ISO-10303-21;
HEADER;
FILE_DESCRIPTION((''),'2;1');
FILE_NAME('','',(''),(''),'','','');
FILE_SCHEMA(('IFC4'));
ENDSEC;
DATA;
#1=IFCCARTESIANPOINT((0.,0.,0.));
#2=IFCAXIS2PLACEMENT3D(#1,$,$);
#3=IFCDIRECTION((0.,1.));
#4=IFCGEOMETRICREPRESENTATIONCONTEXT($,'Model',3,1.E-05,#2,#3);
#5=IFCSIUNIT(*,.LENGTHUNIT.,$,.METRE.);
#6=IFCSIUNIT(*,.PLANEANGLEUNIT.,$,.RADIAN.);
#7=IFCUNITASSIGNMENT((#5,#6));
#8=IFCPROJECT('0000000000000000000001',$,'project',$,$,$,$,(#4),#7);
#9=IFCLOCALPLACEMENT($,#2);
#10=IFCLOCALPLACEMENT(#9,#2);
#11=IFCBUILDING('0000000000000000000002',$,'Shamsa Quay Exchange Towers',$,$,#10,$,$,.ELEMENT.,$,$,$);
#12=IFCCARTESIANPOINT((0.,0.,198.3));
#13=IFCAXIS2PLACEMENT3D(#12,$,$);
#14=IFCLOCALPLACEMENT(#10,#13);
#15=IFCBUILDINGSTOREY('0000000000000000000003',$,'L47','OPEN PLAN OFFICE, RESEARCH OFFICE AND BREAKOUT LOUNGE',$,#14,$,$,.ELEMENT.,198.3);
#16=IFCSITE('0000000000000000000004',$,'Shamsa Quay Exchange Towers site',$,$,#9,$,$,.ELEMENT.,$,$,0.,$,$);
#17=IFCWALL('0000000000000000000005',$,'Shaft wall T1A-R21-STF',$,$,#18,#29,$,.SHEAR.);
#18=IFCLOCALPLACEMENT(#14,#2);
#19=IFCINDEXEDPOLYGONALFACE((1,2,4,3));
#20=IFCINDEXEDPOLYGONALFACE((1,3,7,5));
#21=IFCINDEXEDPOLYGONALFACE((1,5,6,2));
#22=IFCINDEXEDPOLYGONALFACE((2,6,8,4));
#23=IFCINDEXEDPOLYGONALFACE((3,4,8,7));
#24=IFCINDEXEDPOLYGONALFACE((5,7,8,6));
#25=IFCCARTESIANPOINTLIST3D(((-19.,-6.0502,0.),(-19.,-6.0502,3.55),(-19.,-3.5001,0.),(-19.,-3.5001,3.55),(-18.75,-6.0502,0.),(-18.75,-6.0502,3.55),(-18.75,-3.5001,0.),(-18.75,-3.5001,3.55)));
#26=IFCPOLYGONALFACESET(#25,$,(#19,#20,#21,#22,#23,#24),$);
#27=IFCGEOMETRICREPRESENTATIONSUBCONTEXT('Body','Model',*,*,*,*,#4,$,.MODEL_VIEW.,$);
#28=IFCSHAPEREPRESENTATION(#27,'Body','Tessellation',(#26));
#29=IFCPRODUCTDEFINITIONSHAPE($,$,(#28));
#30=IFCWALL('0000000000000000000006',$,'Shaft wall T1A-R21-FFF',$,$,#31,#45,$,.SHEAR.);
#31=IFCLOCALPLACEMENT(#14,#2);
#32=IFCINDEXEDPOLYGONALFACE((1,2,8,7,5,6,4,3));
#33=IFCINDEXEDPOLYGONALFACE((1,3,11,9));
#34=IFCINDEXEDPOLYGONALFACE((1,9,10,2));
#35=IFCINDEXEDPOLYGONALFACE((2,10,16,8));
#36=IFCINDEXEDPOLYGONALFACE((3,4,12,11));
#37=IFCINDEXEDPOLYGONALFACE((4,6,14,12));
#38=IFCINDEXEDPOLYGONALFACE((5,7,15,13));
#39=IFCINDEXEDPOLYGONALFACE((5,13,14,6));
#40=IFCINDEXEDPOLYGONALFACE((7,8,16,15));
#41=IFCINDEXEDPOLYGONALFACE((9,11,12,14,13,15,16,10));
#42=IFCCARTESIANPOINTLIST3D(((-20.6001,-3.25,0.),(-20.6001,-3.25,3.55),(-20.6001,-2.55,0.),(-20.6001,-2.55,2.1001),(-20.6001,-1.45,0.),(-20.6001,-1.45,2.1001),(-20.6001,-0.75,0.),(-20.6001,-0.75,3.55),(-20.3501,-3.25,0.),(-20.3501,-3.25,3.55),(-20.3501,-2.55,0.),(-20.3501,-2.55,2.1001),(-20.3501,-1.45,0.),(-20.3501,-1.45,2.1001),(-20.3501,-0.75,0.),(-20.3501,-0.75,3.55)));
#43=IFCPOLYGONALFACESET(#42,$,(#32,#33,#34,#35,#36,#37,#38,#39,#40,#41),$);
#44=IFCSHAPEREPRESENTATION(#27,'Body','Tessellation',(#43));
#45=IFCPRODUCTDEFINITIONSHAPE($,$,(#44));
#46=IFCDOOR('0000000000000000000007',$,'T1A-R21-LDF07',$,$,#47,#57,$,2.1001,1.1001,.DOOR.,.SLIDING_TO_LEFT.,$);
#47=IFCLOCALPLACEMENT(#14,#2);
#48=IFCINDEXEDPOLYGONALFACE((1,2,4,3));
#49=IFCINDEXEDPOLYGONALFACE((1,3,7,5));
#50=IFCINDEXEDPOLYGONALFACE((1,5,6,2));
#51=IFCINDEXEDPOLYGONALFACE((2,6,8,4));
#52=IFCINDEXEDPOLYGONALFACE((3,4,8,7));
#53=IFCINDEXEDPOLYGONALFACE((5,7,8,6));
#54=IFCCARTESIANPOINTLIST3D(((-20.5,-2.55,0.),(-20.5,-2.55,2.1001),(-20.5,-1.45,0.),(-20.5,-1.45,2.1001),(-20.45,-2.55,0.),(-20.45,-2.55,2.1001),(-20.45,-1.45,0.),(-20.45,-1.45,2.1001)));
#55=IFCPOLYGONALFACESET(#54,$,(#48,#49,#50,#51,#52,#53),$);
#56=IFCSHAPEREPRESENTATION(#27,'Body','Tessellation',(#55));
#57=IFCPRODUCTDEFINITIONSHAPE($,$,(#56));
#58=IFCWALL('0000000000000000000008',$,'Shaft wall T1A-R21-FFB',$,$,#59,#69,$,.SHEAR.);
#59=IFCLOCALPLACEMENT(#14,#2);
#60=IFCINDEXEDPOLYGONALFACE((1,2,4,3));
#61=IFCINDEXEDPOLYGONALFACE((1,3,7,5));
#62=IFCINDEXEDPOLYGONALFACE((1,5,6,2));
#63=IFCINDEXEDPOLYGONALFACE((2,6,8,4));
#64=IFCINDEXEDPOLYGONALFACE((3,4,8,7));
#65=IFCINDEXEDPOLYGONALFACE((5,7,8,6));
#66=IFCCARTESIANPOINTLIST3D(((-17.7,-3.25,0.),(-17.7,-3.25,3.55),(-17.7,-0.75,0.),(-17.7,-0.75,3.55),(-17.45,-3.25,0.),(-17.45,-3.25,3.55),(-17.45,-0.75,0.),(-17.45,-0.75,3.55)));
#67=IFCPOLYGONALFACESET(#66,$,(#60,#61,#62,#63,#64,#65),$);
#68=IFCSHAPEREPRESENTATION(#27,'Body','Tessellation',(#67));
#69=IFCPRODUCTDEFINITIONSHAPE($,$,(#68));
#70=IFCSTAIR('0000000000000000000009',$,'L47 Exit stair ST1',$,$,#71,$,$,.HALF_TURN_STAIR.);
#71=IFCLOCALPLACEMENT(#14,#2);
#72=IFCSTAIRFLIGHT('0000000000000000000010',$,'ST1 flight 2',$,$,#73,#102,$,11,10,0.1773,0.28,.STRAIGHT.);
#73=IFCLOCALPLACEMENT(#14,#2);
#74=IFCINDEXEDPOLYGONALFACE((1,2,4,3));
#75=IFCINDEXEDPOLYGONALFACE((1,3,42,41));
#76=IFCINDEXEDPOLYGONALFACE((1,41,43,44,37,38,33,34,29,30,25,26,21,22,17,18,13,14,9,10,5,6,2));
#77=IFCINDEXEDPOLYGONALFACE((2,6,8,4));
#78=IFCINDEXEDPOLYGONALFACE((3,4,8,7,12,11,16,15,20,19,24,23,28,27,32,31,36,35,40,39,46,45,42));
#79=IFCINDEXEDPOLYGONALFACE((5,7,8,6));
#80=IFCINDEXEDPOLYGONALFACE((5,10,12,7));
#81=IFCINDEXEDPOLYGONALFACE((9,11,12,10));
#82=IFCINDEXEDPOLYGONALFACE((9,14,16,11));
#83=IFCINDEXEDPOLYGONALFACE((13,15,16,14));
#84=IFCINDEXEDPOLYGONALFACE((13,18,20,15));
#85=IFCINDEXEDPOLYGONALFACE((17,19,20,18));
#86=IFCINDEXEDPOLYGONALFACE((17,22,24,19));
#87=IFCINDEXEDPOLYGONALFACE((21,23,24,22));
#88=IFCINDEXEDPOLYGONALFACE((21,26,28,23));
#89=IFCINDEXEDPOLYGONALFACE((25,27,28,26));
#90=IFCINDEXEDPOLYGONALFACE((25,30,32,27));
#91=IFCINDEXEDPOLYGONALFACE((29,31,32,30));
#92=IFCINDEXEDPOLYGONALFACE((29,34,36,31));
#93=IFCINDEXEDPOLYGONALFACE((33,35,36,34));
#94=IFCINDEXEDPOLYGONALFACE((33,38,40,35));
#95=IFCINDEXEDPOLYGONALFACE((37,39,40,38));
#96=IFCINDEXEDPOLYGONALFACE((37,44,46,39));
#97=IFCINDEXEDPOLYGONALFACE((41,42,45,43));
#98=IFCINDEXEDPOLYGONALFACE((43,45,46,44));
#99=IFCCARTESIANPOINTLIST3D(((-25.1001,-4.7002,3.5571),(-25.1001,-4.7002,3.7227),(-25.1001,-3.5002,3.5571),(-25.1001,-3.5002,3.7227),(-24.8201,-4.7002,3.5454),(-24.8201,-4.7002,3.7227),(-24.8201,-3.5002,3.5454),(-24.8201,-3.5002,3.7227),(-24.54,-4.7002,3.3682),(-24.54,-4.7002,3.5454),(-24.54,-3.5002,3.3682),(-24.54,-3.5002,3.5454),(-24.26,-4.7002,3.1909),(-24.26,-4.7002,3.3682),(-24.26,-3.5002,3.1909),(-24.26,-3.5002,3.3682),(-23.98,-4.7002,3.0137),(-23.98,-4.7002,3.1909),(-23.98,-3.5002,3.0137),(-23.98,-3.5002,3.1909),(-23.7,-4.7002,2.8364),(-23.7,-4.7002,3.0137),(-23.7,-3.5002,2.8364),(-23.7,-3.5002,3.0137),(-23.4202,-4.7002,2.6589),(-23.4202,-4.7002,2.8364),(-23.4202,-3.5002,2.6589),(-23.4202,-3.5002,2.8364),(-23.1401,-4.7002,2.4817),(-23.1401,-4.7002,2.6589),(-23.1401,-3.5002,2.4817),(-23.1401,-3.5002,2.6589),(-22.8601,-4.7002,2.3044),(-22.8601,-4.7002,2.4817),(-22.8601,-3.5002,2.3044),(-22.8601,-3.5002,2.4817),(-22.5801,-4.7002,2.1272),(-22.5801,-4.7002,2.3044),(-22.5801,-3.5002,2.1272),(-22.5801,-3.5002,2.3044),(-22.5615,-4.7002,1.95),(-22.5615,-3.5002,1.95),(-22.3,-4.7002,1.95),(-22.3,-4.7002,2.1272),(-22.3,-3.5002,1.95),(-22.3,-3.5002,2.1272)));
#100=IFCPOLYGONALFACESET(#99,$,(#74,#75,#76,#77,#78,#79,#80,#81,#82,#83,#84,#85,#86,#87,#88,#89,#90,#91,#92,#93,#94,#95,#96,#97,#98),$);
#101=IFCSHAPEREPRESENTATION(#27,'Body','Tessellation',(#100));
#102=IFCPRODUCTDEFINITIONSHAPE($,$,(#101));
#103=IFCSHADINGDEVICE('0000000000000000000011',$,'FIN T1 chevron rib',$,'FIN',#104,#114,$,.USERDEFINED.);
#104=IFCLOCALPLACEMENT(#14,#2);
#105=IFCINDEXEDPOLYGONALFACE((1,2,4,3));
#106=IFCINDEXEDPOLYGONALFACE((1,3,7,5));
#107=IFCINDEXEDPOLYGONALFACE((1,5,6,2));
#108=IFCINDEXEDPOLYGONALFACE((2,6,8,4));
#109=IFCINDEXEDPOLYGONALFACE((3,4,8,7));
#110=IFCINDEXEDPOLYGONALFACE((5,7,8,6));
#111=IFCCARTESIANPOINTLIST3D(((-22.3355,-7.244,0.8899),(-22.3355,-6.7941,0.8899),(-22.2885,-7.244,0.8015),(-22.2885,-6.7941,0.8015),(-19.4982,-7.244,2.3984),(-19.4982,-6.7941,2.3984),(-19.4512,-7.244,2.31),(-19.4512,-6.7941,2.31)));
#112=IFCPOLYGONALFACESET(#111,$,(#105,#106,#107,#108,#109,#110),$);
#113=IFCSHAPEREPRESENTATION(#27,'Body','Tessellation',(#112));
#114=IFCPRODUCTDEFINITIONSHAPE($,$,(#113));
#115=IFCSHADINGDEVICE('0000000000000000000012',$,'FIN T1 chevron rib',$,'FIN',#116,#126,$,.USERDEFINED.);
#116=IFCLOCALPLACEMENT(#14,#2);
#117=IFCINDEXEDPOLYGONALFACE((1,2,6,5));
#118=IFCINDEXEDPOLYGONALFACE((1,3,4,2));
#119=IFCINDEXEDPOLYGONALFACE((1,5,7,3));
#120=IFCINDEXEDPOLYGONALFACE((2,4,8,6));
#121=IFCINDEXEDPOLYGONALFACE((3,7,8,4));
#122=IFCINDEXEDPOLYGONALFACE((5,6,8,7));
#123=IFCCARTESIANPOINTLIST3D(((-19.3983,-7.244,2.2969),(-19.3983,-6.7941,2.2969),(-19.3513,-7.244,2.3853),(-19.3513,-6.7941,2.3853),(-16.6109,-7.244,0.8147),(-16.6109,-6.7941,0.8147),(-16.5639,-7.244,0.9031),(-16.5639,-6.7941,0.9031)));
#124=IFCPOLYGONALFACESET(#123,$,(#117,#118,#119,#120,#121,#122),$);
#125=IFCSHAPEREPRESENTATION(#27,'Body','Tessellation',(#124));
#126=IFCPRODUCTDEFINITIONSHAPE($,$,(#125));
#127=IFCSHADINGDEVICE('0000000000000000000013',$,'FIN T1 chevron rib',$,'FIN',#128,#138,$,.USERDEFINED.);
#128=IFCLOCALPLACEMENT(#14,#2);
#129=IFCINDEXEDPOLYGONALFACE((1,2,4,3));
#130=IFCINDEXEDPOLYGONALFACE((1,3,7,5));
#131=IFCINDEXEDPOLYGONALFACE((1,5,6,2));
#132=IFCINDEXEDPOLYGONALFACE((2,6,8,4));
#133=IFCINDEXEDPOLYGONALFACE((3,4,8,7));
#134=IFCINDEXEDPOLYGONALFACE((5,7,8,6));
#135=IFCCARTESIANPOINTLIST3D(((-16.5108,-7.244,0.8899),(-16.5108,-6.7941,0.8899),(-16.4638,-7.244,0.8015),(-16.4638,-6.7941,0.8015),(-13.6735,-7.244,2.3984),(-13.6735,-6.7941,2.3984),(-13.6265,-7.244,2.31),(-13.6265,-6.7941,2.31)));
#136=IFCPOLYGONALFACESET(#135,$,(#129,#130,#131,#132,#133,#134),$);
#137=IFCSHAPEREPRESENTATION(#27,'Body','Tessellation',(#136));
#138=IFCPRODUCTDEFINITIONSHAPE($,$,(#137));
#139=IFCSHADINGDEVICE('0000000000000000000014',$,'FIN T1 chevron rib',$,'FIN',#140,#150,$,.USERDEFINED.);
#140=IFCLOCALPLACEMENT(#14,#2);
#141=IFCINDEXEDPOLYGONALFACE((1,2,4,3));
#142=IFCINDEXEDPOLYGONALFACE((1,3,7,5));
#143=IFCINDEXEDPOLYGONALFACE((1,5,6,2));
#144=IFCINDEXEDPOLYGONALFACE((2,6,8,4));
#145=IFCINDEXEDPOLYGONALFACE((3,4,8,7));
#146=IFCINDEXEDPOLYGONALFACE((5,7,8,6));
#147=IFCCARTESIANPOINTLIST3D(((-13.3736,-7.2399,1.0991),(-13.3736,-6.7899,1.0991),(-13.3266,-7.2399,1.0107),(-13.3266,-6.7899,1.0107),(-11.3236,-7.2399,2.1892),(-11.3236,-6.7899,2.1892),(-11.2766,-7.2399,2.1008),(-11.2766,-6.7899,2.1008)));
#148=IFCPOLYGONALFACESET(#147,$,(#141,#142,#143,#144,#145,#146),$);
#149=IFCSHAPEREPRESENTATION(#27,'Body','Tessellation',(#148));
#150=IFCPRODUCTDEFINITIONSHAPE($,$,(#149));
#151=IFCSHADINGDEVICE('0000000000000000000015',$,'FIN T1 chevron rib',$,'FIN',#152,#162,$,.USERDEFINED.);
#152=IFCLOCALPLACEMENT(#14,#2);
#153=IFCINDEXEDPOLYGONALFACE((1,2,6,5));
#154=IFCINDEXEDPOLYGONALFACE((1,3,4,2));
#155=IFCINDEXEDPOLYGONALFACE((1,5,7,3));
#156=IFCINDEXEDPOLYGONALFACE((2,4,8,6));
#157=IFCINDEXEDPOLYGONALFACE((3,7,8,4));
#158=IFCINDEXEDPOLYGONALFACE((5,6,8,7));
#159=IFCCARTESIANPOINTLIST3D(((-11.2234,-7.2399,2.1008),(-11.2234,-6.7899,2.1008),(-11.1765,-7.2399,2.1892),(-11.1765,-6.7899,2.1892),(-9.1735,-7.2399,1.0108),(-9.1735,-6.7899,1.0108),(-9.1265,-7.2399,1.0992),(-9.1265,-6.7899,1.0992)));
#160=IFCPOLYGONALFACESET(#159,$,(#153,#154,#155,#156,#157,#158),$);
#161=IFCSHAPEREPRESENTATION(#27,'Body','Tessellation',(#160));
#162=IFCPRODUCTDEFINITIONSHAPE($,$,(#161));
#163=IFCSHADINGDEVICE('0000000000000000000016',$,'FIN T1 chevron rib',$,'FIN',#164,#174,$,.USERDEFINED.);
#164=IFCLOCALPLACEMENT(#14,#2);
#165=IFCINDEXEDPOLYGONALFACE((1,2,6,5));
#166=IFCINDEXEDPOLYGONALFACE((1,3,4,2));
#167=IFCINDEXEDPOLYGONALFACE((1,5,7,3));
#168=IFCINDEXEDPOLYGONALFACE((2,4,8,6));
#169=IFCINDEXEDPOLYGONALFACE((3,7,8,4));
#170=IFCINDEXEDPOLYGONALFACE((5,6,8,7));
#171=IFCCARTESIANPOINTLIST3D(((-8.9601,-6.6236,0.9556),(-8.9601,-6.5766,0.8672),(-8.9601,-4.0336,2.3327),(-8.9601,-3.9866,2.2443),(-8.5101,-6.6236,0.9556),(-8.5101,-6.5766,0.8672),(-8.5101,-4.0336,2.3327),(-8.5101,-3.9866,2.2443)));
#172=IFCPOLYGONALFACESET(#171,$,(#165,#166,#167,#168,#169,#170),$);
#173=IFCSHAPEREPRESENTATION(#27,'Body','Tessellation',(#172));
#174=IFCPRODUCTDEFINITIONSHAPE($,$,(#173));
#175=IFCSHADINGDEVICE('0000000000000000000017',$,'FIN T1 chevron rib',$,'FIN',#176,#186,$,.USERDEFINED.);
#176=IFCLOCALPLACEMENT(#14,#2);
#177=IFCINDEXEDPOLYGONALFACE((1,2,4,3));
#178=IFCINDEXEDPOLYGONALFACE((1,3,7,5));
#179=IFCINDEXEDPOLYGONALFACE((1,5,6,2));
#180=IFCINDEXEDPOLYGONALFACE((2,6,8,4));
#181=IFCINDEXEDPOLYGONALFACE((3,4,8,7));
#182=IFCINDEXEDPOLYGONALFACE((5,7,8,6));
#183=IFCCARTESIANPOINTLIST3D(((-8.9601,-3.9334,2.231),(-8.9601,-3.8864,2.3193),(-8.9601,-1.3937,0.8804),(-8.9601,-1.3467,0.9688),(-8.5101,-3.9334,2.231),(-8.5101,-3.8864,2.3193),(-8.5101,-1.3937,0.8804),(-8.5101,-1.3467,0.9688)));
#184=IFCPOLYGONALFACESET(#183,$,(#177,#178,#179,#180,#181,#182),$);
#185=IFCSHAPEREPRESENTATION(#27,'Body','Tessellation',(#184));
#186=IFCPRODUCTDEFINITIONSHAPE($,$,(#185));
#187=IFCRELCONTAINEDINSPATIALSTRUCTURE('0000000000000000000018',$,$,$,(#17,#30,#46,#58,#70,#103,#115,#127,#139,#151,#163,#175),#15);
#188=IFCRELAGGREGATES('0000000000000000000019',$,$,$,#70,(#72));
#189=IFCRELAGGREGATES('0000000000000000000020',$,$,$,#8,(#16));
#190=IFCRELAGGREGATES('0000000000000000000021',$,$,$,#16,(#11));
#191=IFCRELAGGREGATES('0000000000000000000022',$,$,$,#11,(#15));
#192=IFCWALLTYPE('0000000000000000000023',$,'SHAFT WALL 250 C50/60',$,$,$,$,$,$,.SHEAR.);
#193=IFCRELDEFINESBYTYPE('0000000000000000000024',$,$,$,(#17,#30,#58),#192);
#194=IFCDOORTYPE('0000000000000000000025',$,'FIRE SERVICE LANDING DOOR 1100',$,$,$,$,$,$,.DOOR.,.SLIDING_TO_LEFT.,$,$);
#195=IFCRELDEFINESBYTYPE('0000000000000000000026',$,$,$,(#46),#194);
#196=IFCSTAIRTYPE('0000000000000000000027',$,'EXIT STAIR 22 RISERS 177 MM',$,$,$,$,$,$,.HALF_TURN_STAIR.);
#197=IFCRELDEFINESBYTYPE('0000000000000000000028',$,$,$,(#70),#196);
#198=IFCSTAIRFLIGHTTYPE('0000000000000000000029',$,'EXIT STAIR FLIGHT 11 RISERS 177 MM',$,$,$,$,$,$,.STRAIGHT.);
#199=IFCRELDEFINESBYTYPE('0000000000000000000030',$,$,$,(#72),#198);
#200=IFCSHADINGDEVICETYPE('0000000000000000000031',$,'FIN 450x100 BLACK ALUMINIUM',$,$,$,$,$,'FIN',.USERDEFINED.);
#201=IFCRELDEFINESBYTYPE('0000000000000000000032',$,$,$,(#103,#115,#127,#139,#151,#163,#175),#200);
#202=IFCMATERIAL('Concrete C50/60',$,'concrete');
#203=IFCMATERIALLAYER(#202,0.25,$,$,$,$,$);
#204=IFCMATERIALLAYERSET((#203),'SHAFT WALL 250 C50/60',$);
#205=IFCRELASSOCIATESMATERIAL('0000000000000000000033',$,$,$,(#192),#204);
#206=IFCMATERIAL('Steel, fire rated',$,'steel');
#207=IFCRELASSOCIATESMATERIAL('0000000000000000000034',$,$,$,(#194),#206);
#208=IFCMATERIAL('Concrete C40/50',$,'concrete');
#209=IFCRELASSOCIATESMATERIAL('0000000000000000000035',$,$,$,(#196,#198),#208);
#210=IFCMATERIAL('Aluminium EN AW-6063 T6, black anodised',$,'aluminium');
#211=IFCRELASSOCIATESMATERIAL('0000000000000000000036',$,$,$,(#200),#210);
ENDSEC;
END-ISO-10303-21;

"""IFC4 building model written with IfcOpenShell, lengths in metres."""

from ifc_helpers import new_model, si_unit, direction, frame, frame_2d, origin, origin_2d, place, context, subcontext, project, spatial, polyline, rectangle, outline, extrude, material, layer, layer_set, material_profile, profile_set, type_object, element, fill, aggregate, save


model = new_model("IFC4")

# Units and contexts
model_context = context("Model", 3, precision=1e-05, world=origin(), true_north=direction((0.0, 1.0)))
body_context = subcontext(model_context, "Body", "Model", "MODEL_VIEW")
ifc_project = project(units=[si_unit("LENGTHUNIT", "METRE"), si_unit("PLANEANGLEUNIT", "RADIAN")], contexts=[model_context])

# Site, building, storey
site_placement = place(None, origin())
site = spatial("IfcSite", under=ifc_project, at=site_placement, Name="Shamsa Quay Exchange Towers site", CompositionType="ELEMENT", RefElevation=0.0)
building_placement = place(site_placement, origin())
building = spatial("IfcBuilding", under=site, at=building_placement, Name="Shamsa Quay Exchange Towers", CompositionType="ELEMENT")
storey_placement = place(building_placement, frame((0.0, 0.0, 198.3)))
storey = spatial("IfcBuildingStorey", under=building, at=storey_placement, Name="L47", Description="OPEN PLAN OFFICE, RESEARCH OFFICE AND BREAKOUT LOUNGE", CompositionType="ELEMENT", Elevation=198.3)

# Shared definitions
ifc_material_1 = material(Name="Aluminium EN AW-6063 T6, black anodised", Category="aluminium")

# Shared definitions
ifc_material_2 = material(Name="Concrete C50/60", Category="concrete")
ifc_layer_1 = layer(ifc_material_2, 0.25)
ifc_layer_set_1 = layer_set([ifc_layer_1], Name="SHAFT WALL 250 C50/60")
wall_type = type_object("IfcWallType", Name="SHAFT WALL 250 C50/60", PredefinedType="SHEAR", material=ifc_layer_set_1)
ifc_material_3 = material(Name="Steel, fire rated", Category="steel")

# Wall
wall_1_placement = place(storey_placement, frame((-18.875, -6.05, 0.0), z_axis=(0.0, 0.0, 1.0), x_axis=(0.0, 1.0, 0.0)))
element("IfcWall", 1, at=wall_1_placement, inside=storey, type_object=wall_type, Name="Shaft wall T1A-R21-STF", PredefinedType="SHEAR", context=body_context, shape_type="SweptSolid", body=[
    extrude(rectangle(XDim=2.55, YDim=0.25, at=frame_2d((1.2749, 0.0))), origin(), (0.0, 0.0, 1.0), 3.55),
])

# Wall, opening, door
wall_2_placement = place(storey_placement, frame((-20.4751, -3.25, 0.0), z_axis=(0.0, 0.0, 1.0), x_axis=(0.0, 1.0, 0.0)))
wall_2 = element("IfcWall", 2, at=wall_2_placement, inside=storey, type_object=wall_type, Name="Shaft wall T1A-R21-FFF", PredefinedType="SHEAR", context=body_context, shape_type="SweptSolid", body=[
    extrude(rectangle(XDim=2.5, YDim=0.25, at=frame_2d((1.25, 0.0))), origin(), (0.0, 0.0, 1.0), 3.55),
])
opening_1_placement = place(wall_2_placement, frame((0.7, 0.0, 0.0)))
opening_1 = element("IfcOpeningElement", 3, at=opening_1_placement, cuts=wall_2, PredefinedType="OPENING", context=body_context, shape_type="SweptSolid", body=[
    extrude(rectangle(XDim=1.1001, YDim=2.1001, at=frame_2d((0.55, 1.05))), frame((0.0, 0.135, 0.0), z_axis=(0.0, -1.0, 0.0), x_axis=(1.0, 0.0, 0.0)), (0.0, 0.0, 1.0), 0.27),
])
door_type_1 = type_object("IfcDoorType", Name="FIRE SERVICE LANDING DOOR 1100", OperationType="SLIDING_TO_LEFT", PredefinedType="DOOR", material=ifc_material_3)
door_1_placement = place(opening_1_placement, origin())
door_1 = element("IfcDoor", 4, at=door_1_placement, inside=storey, type_object=door_type_1, Name="T1A-R21-LDF07", OperationType="SLIDING_TO_LEFT", OverallHeight=2.1001, OverallWidth=1.1001, PredefinedType="DOOR", context=body_context, shape_type="SweptSolid", body=[
    extrude(rectangle(XDim=1.1001, YDim=2.1001, at=frame_2d((0.55, 1.05))), frame((0.0, 0.0249, 0.0), z_axis=(0.0, -1.0, 0.0), x_axis=(1.0, 0.0, 0.0)), (0.0, 0.0, 1.0), 0.05),
])
fill(opening_1, door_1)

# Wall
wall_3_placement = place(storey_placement, frame((-17.575, -3.25, 0.0), z_axis=(0.0, 0.0, 1.0), x_axis=(0.0, 1.0, 0.0)))
element("IfcWall", 5, at=wall_3_placement, inside=storey, type_object=wall_type, Name="Shaft wall T1A-R21-FFB", PredefinedType="SHEAR", context=body_context, shape_type="SweptSolid", body=[
    extrude(rectangle(XDim=2.5, YDim=0.25, at=frame_2d((1.25, 0.0))), origin(), (0.0, 0.0, 1.0), 3.55),
])

# Stair, stair flight
ifc_material_4 = material(Name="Concrete C40/50", Category="concrete")
stair_type = type_object("IfcStairType", Name="EXIT STAIR 22 RISERS 177 MM", PredefinedType="HALF_TURN_STAIR", material=ifc_material_4)
stair_placement = place(storey_placement, origin())
stair = element("IfcStair", 6, at=stair_placement, inside=storey, type_object=stair_type, Name="L47 Exit stair ST1", PredefinedType="HALF_TURN_STAIR")
stair_flight_type = type_object("IfcStairFlightType", Name="EXIT STAIR FLIGHT 11 RISERS 177 MM", PredefinedType="STRAIGHT", material=ifc_material_4)
stair_flight_placement = place(storey_placement, frame((-22.3, -4.1001, 1.95), z_axis=(0.0, 0.0, 1.0), x_axis=(-1.0, 0.0, 0.0)))
stair_flight = element("IfcStairFlight", 7, at=stair_flight_placement, type_object=stair_flight_type, Name="ST1 flight 2", NumberOfRisers=11, NumberOfTreads=10, PredefinedType="STRAIGHT", RiserHeight=0.1773, TreadLength=0.28, context=body_context, shape_type="SweptSolid", body=[
    extrude(outline(polyline([(0.0, 0.0), (0.0, 0.1772), (0.28, 0.1772), (0.28, 0.3545), (0.5601, 0.3545), (0.5601, 0.5317), (0.8401, 0.5317), (0.8401, 0.709), (1.1201, 0.709), (1.1201, 0.8865), (1.3999, 0.8865), (1.3999, 1.0637), (1.6799, 1.0637), (1.6799, 1.241), (1.96, 1.241), (1.96, 1.4182), (2.24, 1.4182), (2.24, 1.5955), (2.52, 1.5955), (2.52, 1.7727), (2.8, 1.7727), (2.8, 1.95), (2.8, 1.6072), (0.2615, 0.0), (0.0, 0.0)])), frame((0.0, 0.6001, 0.0), z_axis=(0.0, -1.0, 0.0), x_axis=(1.0, 0.0, 0.0)), (0.0, 0.0, 1.0), 1.2),
])
aggregate(stair, [stair_flight])

# Shading devices
ifc_material_profile_1 = material_profile(ifc_material_1, rectangle(XDim=0.45, YDim=0.1001, at=origin_2d()), Name="FIN450x100")
ifc_profile_set_1 = profile_set([ifc_material_profile_1], Name="Aluminium EN AW-6063 T6, black anodised")
shading_device_type = type_object("IfcShadingDeviceType", Name="FIN 450x100 BLACK ALUMINIUM", ElementType="FIN", PredefinedType="USERDEFINED", material=ifc_profile_set_1)
shading_device_1_placement = place(storey_placement, frame((-22.312, -7.019, 0.8457), z_axis=(0.882964, 0.0, 0.46944), x_axis=(0.0, 1.0, 0.0)))
element("IfcShadingDevice", 8, at=shading_device_1_placement, inside=storey, type_object=shading_device_type, Name="FIN T1 chevron rib", ObjectType="FIN", PredefinedType="USERDEFINED", context=body_context, shape_type="SweptSolid", body=[
    extrude(rectangle(XDim=0.45, YDim=0.1001, at=origin_2d()), origin(), (0.0, 0.0, 1.0), 3.2134),
])
shading_device_2_placement = place(storey_placement, frame((-19.3748, -7.019, 2.3411), z_axis=(0.882932, 0.0, -0.4695), x_axis=(0.0, 1.0, 0.0)))
element("IfcShadingDevice", 9, at=shading_device_2_placement, inside=storey, type_object=shading_device_type, Name="FIN T1 chevron rib", ObjectType="FIN", PredefinedType="USERDEFINED", context=body_context, shape_type="SweptSolid", body=[
    extrude(rectangle(XDim=0.45, YDim=0.1001, at=origin_2d()), origin(), (0.0, 0.0, 1.0), 3.157),
])
shading_device_3_placement = place(storey_placement, frame((-16.4873, -7.019, 0.8457), z_axis=(0.882964, 0.0, 0.46944), x_axis=(0.0, 1.0, 0.0)))
element("IfcShadingDevice", 10, at=shading_device_3_placement, inside=storey, type_object=shading_device_type, Name="FIN T1 chevron rib", ObjectType="FIN", PredefinedType="USERDEFINED", context=body_context, shape_type="SweptSolid", body=[
    extrude(rectangle(XDim=0.45, YDim=0.1001, at=origin_2d()), origin(), (0.0, 0.0, 1.0), 3.2134),
])
for number, where, z_axis, x_axis, name in (
    (11, (-13.3501, -7.0149, 1.0549), (0.882937, 0.0, 0.469491), (0.0, 1.0, 0.0), "FIN T1 chevron rib"),
    (12, (-11.2, -7.0149, 2.145), (0.882937, 0.0, -0.469491), (0.0, 1.0, 0.0), "FIN T1 chevron rib"),
):
    element("IfcShadingDevice", number, at=place(storey_placement, frame(where, z_axis=z_axis, x_axis=x_axis)), inside=storey, type_object=shading_device_type, Name=name, ObjectType="FIN", PredefinedType="USERDEFINED", context=body_context, shape_type="SweptSolid", body=[
        extrude(rectangle(XDim=0.45, YDim=0.1001, at=origin_2d()), origin(), (0.0, 0.0, 1.0), 2.3218),
    ])
shading_device_4_placement = place(storey_placement, frame((-8.7351, -6.6001, 0.9114), z_axis=(0.0, 0.882944, 0.469478), x_axis=(-1.0, 0.0, 0.0)))
element("IfcShadingDevice", 13, at=shading_device_4_placement, inside=storey, type_object=shading_device_type, Name="FIN T1 chevron rib", ObjectType="FIN", PredefinedType="USERDEFINED", context=body_context, shape_type="SweptSolid", body=[
    extrude(rectangle(XDim=0.45, YDim=0.1001, at=origin_2d()), origin(), (0.0, 0.0, 1.0), 2.9333),
])
shading_device_5_placement = place(storey_placement, frame((-8.7351, -3.9099, 2.2751), z_axis=(0.0, 0.882926, -0.469513), x_axis=(-1.0, 0.0, 0.0)))
element("IfcShadingDevice", 14, at=shading_device_5_placement, inside=storey, type_object=shading_device_type, Name="FIN T1 chevron rib", ObjectType="FIN", PredefinedType="USERDEFINED", context=body_context, shape_type="SweptSolid", body=[
    extrude(rectangle(XDim=0.45, YDim=0.1001, at=origin_2d()), origin(), (0.0, 0.0, 1.0), 2.8765),
])

save(model, "model.ifc")
